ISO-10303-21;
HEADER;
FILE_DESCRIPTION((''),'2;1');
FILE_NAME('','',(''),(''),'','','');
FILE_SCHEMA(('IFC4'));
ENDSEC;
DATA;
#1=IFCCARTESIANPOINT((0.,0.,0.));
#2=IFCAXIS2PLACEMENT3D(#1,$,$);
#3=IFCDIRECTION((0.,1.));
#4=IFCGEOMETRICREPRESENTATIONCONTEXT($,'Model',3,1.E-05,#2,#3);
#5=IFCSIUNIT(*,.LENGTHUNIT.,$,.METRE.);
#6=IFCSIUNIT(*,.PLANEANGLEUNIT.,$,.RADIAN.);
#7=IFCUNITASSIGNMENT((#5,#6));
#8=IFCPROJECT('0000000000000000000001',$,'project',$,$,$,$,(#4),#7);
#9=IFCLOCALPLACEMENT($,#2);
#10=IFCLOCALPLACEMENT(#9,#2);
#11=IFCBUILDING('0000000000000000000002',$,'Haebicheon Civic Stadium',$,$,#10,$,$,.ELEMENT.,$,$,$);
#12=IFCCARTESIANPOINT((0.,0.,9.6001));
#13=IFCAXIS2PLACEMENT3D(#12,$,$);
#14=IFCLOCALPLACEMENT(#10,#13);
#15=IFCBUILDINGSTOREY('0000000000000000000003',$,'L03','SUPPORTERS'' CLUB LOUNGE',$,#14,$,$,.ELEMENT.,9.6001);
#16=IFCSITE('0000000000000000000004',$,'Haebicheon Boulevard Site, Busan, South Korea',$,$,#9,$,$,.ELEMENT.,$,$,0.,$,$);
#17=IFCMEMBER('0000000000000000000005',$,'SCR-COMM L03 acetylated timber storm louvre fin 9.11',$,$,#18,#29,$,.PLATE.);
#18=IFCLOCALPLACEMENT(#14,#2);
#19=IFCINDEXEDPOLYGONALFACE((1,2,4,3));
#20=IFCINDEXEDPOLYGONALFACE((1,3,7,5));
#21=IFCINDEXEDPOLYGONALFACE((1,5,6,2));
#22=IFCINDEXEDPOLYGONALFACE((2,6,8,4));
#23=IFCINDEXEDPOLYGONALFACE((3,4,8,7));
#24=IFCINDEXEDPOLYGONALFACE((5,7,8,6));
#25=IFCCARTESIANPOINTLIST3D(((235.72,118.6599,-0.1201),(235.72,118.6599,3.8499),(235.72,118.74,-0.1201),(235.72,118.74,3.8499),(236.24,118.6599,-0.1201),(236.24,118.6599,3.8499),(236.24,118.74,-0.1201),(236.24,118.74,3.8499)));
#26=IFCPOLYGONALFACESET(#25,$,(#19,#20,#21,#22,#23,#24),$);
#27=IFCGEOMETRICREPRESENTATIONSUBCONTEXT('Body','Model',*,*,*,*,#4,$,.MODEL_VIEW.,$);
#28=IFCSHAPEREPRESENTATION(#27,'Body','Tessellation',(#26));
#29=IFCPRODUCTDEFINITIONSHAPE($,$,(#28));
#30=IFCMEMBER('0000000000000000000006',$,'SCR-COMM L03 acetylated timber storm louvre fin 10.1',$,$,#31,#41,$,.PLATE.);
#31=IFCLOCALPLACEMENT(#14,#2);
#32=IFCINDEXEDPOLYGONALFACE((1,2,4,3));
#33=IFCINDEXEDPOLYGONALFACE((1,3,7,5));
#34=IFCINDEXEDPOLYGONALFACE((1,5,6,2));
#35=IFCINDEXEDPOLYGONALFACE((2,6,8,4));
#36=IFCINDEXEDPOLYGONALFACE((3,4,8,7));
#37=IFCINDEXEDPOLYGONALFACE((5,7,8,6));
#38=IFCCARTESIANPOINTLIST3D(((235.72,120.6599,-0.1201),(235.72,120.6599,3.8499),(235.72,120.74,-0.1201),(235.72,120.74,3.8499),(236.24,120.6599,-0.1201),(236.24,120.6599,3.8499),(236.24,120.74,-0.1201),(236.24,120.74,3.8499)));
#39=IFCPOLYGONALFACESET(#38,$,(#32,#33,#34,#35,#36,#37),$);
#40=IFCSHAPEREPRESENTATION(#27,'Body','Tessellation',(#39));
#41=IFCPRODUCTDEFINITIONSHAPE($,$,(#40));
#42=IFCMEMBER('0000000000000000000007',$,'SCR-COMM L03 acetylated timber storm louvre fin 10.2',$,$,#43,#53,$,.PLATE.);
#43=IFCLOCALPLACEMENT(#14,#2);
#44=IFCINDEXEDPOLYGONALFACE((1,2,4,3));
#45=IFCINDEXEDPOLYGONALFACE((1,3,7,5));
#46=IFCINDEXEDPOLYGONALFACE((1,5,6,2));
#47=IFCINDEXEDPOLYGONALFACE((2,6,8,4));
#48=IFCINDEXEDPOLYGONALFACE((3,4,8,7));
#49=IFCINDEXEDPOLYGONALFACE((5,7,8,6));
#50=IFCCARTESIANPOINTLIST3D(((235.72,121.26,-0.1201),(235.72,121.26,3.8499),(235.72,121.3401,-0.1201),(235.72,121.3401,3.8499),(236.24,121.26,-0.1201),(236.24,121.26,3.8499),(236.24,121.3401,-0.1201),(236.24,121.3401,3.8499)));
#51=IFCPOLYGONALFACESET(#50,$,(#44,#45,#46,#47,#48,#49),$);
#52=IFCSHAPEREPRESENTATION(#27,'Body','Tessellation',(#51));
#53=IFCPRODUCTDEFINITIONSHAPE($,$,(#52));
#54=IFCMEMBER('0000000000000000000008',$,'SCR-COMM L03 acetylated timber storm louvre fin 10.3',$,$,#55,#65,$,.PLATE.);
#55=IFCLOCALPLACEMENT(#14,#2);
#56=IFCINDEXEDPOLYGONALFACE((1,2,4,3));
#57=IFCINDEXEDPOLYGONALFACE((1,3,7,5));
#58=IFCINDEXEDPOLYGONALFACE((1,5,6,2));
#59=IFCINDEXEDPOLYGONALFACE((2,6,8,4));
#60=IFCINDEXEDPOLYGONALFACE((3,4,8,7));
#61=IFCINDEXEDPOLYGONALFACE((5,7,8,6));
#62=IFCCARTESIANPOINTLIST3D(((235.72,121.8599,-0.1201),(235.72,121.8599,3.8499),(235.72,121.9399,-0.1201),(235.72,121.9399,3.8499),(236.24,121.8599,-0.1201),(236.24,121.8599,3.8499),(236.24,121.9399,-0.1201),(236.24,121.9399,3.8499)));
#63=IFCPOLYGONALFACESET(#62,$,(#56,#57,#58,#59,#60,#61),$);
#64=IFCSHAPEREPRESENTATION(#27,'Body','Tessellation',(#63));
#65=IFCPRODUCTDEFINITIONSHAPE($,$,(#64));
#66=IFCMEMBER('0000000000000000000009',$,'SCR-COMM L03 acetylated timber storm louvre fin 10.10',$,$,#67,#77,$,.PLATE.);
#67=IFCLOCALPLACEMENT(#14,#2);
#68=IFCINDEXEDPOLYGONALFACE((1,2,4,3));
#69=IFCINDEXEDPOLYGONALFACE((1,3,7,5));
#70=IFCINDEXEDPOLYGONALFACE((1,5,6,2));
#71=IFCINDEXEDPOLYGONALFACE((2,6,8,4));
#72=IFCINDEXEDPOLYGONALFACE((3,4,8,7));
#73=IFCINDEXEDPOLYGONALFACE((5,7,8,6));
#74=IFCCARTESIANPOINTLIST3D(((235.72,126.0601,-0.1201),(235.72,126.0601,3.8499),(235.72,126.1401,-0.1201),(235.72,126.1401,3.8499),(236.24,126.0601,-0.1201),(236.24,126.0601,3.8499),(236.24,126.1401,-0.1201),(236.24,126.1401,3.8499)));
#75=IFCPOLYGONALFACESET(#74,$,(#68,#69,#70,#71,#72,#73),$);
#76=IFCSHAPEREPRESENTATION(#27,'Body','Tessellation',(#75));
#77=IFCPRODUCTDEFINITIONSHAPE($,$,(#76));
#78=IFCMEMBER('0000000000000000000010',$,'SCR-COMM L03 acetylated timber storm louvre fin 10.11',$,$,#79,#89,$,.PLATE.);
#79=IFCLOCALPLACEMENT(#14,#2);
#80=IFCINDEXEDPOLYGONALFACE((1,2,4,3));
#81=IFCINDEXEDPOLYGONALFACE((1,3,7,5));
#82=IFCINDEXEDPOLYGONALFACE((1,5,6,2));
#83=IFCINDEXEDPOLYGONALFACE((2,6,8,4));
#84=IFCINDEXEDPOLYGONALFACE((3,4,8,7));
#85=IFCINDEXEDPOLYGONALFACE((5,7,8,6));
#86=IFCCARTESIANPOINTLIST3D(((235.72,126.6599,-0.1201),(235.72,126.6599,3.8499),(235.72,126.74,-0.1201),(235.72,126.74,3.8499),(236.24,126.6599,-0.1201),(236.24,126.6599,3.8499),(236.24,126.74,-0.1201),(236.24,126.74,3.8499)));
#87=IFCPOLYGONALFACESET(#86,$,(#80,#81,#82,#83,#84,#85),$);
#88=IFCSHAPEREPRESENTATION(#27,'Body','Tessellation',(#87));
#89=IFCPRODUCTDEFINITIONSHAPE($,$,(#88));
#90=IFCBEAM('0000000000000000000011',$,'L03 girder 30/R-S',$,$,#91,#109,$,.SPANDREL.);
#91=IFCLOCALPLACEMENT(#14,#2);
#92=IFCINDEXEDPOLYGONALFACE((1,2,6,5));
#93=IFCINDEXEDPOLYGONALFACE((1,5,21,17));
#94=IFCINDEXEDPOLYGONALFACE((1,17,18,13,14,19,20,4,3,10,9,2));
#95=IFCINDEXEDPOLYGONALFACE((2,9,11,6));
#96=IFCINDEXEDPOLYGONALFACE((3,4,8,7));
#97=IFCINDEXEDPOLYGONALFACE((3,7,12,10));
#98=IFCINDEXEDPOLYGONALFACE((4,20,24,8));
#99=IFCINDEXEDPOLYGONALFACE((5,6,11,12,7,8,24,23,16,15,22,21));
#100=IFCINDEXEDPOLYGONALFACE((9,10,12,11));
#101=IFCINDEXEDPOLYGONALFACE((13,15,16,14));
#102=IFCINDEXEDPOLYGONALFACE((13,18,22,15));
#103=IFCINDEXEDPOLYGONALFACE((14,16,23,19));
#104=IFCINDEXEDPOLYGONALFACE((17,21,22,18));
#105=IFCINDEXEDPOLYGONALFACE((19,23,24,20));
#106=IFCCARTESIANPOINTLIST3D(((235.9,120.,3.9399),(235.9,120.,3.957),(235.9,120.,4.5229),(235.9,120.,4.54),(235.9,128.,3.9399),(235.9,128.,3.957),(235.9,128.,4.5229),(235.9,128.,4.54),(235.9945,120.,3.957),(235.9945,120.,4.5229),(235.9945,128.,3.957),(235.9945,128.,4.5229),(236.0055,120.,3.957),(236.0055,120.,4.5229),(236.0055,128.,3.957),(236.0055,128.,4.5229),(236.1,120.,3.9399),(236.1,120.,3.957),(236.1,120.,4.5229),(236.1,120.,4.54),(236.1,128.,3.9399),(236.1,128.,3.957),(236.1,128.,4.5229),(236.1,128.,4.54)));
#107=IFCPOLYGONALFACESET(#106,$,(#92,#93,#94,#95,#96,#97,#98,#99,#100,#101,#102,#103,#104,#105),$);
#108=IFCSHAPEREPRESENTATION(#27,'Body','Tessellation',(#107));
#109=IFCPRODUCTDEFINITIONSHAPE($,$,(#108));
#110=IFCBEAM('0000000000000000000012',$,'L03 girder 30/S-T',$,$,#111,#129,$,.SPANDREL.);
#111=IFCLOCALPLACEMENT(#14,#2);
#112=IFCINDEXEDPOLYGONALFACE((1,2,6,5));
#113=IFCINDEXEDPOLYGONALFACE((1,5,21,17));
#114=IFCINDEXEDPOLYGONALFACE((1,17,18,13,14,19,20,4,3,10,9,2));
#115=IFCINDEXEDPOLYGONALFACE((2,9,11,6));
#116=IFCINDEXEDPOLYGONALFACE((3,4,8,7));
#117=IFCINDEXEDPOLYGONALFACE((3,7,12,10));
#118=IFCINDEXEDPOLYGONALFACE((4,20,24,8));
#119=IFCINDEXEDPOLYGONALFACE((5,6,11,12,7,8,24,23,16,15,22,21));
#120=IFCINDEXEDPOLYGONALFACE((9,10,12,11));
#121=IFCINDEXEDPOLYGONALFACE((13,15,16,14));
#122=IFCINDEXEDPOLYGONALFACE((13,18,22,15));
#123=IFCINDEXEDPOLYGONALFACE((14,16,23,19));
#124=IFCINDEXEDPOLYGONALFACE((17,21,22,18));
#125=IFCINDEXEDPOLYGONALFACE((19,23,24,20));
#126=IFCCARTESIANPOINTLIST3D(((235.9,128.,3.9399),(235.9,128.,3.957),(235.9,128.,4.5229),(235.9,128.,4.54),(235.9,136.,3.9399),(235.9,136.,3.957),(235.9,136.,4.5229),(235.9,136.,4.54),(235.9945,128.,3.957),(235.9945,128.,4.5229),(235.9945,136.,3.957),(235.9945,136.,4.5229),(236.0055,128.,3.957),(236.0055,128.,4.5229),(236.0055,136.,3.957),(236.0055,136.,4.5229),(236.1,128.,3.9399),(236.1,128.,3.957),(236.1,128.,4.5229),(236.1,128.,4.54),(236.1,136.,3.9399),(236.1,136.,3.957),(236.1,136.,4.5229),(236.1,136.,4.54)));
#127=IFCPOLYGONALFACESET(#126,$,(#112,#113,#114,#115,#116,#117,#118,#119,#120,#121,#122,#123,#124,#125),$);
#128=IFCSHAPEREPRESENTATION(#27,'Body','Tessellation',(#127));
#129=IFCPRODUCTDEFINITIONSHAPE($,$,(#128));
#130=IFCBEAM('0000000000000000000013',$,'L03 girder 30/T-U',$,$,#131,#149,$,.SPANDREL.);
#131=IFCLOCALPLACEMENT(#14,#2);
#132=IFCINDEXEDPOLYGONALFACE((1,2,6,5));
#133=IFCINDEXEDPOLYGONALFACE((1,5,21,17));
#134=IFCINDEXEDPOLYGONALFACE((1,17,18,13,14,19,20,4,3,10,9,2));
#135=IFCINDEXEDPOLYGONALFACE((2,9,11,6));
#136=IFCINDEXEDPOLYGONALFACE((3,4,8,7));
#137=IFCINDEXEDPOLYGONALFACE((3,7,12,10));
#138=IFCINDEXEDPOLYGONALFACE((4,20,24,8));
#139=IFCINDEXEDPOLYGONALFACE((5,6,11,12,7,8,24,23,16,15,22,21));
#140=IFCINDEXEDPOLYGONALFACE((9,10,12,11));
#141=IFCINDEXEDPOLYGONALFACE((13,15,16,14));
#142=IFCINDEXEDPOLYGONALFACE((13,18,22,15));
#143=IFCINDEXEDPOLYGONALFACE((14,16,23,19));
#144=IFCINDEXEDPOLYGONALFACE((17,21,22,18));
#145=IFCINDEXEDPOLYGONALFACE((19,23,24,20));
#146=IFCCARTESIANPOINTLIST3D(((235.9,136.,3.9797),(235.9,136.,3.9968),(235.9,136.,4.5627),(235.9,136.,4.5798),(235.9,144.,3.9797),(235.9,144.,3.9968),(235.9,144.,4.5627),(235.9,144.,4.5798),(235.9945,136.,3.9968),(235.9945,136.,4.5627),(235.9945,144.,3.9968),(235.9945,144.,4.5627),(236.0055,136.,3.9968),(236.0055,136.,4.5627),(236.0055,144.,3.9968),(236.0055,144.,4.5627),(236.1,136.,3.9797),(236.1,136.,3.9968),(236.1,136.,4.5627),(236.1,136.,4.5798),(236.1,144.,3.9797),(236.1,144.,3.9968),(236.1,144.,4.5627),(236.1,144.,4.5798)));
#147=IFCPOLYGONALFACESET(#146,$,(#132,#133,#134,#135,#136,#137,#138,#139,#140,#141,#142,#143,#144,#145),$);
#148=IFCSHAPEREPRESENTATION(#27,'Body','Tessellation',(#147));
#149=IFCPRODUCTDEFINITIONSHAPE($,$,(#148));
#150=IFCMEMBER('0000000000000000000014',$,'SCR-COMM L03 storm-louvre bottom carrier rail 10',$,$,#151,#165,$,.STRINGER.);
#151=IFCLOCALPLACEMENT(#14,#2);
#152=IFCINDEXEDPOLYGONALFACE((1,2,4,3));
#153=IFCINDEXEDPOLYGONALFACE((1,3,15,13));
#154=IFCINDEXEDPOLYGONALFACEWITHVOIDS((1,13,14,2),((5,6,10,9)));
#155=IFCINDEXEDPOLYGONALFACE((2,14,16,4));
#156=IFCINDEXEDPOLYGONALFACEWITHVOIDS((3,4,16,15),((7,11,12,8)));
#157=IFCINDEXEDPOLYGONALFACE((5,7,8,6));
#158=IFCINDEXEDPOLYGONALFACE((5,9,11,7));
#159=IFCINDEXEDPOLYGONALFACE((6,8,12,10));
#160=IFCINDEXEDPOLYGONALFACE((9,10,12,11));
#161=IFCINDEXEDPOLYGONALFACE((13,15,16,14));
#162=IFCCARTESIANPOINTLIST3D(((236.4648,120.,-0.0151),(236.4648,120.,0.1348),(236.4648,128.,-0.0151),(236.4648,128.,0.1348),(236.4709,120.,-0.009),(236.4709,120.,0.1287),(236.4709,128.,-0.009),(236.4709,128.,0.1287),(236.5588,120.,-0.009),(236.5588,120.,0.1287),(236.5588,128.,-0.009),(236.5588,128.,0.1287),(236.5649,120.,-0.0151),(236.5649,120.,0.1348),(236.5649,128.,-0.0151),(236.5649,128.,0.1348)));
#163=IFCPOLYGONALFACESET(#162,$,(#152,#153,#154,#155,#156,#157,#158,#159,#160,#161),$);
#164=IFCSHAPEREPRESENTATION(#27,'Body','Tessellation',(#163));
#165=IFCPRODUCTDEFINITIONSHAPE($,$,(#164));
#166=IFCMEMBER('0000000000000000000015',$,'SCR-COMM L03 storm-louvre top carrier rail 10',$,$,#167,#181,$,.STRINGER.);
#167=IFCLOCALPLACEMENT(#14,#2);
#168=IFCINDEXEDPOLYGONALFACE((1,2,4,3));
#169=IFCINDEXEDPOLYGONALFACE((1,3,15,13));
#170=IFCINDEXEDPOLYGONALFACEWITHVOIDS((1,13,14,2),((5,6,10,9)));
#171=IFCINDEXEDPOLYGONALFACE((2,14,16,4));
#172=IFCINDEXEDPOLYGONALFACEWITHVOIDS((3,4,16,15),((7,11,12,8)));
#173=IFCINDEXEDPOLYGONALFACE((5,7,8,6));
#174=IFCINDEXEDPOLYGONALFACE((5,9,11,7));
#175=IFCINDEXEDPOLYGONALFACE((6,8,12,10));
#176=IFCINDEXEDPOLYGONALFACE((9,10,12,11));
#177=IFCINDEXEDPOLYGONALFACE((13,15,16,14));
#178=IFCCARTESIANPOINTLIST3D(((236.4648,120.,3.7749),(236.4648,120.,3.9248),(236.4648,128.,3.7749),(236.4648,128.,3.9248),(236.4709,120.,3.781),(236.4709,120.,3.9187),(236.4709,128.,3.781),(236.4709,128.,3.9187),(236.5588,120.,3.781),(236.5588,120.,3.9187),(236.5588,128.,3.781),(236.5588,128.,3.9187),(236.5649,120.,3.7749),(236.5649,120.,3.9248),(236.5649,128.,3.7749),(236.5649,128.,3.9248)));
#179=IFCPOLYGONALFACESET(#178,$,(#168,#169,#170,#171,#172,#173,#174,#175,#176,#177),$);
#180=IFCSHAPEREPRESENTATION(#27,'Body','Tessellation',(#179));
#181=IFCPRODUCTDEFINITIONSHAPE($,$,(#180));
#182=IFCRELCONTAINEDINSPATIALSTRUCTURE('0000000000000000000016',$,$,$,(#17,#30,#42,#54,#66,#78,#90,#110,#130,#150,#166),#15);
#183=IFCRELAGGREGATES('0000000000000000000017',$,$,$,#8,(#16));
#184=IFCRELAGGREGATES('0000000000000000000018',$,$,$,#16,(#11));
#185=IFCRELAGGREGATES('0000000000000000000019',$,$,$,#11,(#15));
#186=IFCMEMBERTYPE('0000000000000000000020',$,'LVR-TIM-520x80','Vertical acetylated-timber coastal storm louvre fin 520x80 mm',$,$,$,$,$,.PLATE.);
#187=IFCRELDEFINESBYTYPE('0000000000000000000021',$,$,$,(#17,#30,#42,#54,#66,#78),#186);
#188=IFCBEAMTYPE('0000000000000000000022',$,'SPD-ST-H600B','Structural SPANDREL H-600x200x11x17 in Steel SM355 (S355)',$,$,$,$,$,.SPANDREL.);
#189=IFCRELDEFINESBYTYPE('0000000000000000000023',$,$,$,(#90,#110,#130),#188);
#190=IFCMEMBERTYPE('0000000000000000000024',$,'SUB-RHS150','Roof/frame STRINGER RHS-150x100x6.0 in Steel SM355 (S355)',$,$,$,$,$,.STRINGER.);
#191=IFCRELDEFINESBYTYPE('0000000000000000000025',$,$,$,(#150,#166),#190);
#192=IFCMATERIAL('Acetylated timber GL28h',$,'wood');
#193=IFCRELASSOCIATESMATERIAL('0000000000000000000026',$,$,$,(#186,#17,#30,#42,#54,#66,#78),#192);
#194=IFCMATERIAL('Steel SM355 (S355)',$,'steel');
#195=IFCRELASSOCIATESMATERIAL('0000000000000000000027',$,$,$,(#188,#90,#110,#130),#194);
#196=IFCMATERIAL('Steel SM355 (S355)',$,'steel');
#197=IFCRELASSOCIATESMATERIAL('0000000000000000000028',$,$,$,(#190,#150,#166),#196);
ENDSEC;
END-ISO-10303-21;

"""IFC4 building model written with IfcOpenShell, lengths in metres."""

from ifc_helpers import new_model, si_unit, direction, frame, origin, origin_2d, place, context, subcontext, project, spatial, rectangle, hollow_rectangle, i_section, extrude, material, material_profile, profile_set, type_object, element, save


model = new_model("IFC4")

# Units and contexts
model_context = context("Model", 3, precision=1e-05, world=origin(), true_north=direction((0.0, 1.0)))
body_context = subcontext(model_context, "Body", "Model", "MODEL_VIEW")
ifc_project = project(units=[si_unit("LENGTHUNIT", "METRE"), si_unit("PLANEANGLEUNIT", "RADIAN")], contexts=[model_context])

# Site, building, storey
site_placement = place(None, origin())
site = spatial("IfcSite", under=ifc_project, at=site_placement, Name="Haebicheon Boulevard Site, Busan, South Korea", CompositionType="ELEMENT", RefElevation=0.0)
building_placement = place(site_placement, origin())
building = spatial("IfcBuilding", under=site, at=building_placement, Name="Haebicheon Civic Stadium", CompositionType="ELEMENT")
storey_placement = place(building_placement, frame((0.0, 0.0, 9.6001)))
storey = spatial("IfcBuildingStorey", under=building, at=storey_placement, Name="L03", Description="SUPPORTERS' CLUB LOUNGE", CompositionType="ELEMENT", Elevation=9.6001)

# Members
ifc_material_1 = material(Name="Acetylated timber GL28h", Category="wood")
ifc_material_profile_1 = material_profile(ifc_material_1, rectangle(XDim=0.0801, YDim=0.52, at=origin_2d()), Name="TMB-LOUV-80x520")
ifc_profile_set_1 = profile_set([ifc_material_profile_1], Name="Acetylated timber GL28h")
member_type_1 = type_object("IfcMemberType", Name="LVR-TIM-520x80", Description="Vertical acetylated-timber coastal storm louvre fin 520x80 mm", PredefinedType="PLATE", material=ifc_profile_set_1)
for number, where, z_axis, x_axis, name in (
    (1, (235.98, 118.7, -0.1201), (0.0, 0.0, 1.0), (0.0, 1.0, 0.0), "SCR-COMM L03 acetylated timber storm louvre fin 9.11"),
    (2, (235.98, 120.7, -0.1201), (0.0, 0.0, 1.0), (0.0, 1.0, 0.0), "SCR-COMM L03 acetylated timber storm louvre fin 10.1"),
    (3, (235.98, 121.3, -0.1201), (0.0, 0.0, 1.0), (0.0, 1.0, 0.0), "SCR-COMM L03 acetylated timber storm louvre fin 10.2"),
    (4, (235.98, 121.8999, -0.1201), (0.0, 0.0, 1.0), (0.0, 1.0, 0.0), "SCR-COMM L03 acetylated timber storm louvre fin 10.3"),
    (5, (235.98, 126.1001, -0.1201), (0.0, 0.0, 1.0), (0.0, 1.0, 0.0), "SCR-COMM L03 acetylated timber storm louvre fin 10.10"),
    (6, (235.98, 126.7, -0.1201), (0.0, 0.0, 1.0), (0.0, 1.0, 0.0), "SCR-COMM L03 acetylated timber storm louvre fin 10.11"),
):
    element("IfcMember", number, at=place(storey_placement, frame(where, z_axis=z_axis, x_axis=x_axis)), inside=storey, type_object=member_type_1, material=ifc_profile_set_1, Name=name, PredefinedType="PLATE", context=body_context, shape_type="SweptSolid", body=[
        extrude(rectangle(XDim=0.0801, YDim=0.52, at=origin_2d()), origin(), (0.0, 0.0, 1.0), 3.97),
    ])

# Beams
ifc_material_2 = material(Name="Steel SM355 (S355)", Category="steel")
ifc_material_profile_2 = material_profile(ifc_material_2, i_section(OverallWidth=0.2, OverallDepth=0.6001, WebThickness=0.011, FlangeThickness=0.0171, at=origin_2d()), Name="H-600x200x11x17")
ifc_profile_set_2 = profile_set([ifc_material_profile_2], Name="Steel SM355 (S355)")
beam_type_1 = type_object("IfcBeamType", Name="SPD-ST-H600B", Description="Structural SPANDREL H-600x200x11x17 in Steel SM355 (S355)", PredefinedType="SPANDREL", material=ifc_profile_set_2)
for number, where, z_axis, x_axis, name in (
    (7, (236.0, 120.0, 4.24), (0.0, 1.0, 0.0), (-1.0, 0.0, 0.0), "L03 girder 30/R-S"),
    (8, (236.0, 128.0, 4.24), (0.0, 1.0, 0.0), (-1.0, 0.0, 0.0), "L03 girder 30/S-T"),
    (9, (236.0, 136.0, 4.2798), (0.0, 1.0, 0.0), (-1.0, 0.0, 0.0), "L03 girder 30/T-U"),
):
    element("IfcBeam", number, at=place(storey_placement, frame(where, z_axis=z_axis, x_axis=x_axis)), inside=storey, type_object=beam_type_1, material=ifc_profile_set_2, Name=name, PredefinedType="SPANDREL", context=body_context, shape_type="SweptSolid", body=[
        extrude(i_section(OverallWidth=0.2, OverallDepth=0.6001, WebThickness=0.011, FlangeThickness=0.0171, at=origin_2d()), origin(), (0.0, 0.0, 1.0), 8.0),
    ])

# Members
ifc_material_3 = material(Name="Steel SM355 (S355)", Category="steel")
ifc_material_profile_3 = material_profile(ifc_material_3, hollow_rectangle(XDim=0.1001, YDim=0.1499, WallThickness=0.0061, at=origin_2d()), Name="RHS-150x100x6.0")
ifc_profile_set_3 = profile_set([ifc_material_profile_3], Name="Steel SM355 (S355)")
member_type_2 = type_object("IfcMemberType", Name="SUB-RHS150", Description="Roof/frame STRINGER RHS-150x100x6.0 in Steel SM355 (S355)", PredefinedType="STRINGER", material=ifc_profile_set_3)
for number, where, z_axis, x_axis, name in (
    (10, (236.5149, 120.0, 0.0598), (0.0, 1.0, 0.0), (-1.0, 0.0, 0.0), "SCR-COMM L03 storm-louvre bottom carrier rail 10"),
    (11, (236.5149, 120.0, 3.8499), (0.0, 1.0, 0.0), (-1.0, 0.0, 0.0), "SCR-COMM L03 storm-louvre top carrier rail 10"),
):
    element("IfcMember", number, at=place(storey_placement, frame(where, z_axis=z_axis, x_axis=x_axis)), inside=storey, type_object=member_type_2, material=ifc_profile_set_3, Name=name, PredefinedType="STRINGER", context=body_context, shape_type="SweptSolid", body=[
        extrude(hollow_rectangle(XDim=0.1001, YDim=0.1499, WallThickness=0.0061, at=origin_2d()), origin(), (0.0, 0.0, 1.0), 8.0),
    ])

save(model, "model.ifc")
